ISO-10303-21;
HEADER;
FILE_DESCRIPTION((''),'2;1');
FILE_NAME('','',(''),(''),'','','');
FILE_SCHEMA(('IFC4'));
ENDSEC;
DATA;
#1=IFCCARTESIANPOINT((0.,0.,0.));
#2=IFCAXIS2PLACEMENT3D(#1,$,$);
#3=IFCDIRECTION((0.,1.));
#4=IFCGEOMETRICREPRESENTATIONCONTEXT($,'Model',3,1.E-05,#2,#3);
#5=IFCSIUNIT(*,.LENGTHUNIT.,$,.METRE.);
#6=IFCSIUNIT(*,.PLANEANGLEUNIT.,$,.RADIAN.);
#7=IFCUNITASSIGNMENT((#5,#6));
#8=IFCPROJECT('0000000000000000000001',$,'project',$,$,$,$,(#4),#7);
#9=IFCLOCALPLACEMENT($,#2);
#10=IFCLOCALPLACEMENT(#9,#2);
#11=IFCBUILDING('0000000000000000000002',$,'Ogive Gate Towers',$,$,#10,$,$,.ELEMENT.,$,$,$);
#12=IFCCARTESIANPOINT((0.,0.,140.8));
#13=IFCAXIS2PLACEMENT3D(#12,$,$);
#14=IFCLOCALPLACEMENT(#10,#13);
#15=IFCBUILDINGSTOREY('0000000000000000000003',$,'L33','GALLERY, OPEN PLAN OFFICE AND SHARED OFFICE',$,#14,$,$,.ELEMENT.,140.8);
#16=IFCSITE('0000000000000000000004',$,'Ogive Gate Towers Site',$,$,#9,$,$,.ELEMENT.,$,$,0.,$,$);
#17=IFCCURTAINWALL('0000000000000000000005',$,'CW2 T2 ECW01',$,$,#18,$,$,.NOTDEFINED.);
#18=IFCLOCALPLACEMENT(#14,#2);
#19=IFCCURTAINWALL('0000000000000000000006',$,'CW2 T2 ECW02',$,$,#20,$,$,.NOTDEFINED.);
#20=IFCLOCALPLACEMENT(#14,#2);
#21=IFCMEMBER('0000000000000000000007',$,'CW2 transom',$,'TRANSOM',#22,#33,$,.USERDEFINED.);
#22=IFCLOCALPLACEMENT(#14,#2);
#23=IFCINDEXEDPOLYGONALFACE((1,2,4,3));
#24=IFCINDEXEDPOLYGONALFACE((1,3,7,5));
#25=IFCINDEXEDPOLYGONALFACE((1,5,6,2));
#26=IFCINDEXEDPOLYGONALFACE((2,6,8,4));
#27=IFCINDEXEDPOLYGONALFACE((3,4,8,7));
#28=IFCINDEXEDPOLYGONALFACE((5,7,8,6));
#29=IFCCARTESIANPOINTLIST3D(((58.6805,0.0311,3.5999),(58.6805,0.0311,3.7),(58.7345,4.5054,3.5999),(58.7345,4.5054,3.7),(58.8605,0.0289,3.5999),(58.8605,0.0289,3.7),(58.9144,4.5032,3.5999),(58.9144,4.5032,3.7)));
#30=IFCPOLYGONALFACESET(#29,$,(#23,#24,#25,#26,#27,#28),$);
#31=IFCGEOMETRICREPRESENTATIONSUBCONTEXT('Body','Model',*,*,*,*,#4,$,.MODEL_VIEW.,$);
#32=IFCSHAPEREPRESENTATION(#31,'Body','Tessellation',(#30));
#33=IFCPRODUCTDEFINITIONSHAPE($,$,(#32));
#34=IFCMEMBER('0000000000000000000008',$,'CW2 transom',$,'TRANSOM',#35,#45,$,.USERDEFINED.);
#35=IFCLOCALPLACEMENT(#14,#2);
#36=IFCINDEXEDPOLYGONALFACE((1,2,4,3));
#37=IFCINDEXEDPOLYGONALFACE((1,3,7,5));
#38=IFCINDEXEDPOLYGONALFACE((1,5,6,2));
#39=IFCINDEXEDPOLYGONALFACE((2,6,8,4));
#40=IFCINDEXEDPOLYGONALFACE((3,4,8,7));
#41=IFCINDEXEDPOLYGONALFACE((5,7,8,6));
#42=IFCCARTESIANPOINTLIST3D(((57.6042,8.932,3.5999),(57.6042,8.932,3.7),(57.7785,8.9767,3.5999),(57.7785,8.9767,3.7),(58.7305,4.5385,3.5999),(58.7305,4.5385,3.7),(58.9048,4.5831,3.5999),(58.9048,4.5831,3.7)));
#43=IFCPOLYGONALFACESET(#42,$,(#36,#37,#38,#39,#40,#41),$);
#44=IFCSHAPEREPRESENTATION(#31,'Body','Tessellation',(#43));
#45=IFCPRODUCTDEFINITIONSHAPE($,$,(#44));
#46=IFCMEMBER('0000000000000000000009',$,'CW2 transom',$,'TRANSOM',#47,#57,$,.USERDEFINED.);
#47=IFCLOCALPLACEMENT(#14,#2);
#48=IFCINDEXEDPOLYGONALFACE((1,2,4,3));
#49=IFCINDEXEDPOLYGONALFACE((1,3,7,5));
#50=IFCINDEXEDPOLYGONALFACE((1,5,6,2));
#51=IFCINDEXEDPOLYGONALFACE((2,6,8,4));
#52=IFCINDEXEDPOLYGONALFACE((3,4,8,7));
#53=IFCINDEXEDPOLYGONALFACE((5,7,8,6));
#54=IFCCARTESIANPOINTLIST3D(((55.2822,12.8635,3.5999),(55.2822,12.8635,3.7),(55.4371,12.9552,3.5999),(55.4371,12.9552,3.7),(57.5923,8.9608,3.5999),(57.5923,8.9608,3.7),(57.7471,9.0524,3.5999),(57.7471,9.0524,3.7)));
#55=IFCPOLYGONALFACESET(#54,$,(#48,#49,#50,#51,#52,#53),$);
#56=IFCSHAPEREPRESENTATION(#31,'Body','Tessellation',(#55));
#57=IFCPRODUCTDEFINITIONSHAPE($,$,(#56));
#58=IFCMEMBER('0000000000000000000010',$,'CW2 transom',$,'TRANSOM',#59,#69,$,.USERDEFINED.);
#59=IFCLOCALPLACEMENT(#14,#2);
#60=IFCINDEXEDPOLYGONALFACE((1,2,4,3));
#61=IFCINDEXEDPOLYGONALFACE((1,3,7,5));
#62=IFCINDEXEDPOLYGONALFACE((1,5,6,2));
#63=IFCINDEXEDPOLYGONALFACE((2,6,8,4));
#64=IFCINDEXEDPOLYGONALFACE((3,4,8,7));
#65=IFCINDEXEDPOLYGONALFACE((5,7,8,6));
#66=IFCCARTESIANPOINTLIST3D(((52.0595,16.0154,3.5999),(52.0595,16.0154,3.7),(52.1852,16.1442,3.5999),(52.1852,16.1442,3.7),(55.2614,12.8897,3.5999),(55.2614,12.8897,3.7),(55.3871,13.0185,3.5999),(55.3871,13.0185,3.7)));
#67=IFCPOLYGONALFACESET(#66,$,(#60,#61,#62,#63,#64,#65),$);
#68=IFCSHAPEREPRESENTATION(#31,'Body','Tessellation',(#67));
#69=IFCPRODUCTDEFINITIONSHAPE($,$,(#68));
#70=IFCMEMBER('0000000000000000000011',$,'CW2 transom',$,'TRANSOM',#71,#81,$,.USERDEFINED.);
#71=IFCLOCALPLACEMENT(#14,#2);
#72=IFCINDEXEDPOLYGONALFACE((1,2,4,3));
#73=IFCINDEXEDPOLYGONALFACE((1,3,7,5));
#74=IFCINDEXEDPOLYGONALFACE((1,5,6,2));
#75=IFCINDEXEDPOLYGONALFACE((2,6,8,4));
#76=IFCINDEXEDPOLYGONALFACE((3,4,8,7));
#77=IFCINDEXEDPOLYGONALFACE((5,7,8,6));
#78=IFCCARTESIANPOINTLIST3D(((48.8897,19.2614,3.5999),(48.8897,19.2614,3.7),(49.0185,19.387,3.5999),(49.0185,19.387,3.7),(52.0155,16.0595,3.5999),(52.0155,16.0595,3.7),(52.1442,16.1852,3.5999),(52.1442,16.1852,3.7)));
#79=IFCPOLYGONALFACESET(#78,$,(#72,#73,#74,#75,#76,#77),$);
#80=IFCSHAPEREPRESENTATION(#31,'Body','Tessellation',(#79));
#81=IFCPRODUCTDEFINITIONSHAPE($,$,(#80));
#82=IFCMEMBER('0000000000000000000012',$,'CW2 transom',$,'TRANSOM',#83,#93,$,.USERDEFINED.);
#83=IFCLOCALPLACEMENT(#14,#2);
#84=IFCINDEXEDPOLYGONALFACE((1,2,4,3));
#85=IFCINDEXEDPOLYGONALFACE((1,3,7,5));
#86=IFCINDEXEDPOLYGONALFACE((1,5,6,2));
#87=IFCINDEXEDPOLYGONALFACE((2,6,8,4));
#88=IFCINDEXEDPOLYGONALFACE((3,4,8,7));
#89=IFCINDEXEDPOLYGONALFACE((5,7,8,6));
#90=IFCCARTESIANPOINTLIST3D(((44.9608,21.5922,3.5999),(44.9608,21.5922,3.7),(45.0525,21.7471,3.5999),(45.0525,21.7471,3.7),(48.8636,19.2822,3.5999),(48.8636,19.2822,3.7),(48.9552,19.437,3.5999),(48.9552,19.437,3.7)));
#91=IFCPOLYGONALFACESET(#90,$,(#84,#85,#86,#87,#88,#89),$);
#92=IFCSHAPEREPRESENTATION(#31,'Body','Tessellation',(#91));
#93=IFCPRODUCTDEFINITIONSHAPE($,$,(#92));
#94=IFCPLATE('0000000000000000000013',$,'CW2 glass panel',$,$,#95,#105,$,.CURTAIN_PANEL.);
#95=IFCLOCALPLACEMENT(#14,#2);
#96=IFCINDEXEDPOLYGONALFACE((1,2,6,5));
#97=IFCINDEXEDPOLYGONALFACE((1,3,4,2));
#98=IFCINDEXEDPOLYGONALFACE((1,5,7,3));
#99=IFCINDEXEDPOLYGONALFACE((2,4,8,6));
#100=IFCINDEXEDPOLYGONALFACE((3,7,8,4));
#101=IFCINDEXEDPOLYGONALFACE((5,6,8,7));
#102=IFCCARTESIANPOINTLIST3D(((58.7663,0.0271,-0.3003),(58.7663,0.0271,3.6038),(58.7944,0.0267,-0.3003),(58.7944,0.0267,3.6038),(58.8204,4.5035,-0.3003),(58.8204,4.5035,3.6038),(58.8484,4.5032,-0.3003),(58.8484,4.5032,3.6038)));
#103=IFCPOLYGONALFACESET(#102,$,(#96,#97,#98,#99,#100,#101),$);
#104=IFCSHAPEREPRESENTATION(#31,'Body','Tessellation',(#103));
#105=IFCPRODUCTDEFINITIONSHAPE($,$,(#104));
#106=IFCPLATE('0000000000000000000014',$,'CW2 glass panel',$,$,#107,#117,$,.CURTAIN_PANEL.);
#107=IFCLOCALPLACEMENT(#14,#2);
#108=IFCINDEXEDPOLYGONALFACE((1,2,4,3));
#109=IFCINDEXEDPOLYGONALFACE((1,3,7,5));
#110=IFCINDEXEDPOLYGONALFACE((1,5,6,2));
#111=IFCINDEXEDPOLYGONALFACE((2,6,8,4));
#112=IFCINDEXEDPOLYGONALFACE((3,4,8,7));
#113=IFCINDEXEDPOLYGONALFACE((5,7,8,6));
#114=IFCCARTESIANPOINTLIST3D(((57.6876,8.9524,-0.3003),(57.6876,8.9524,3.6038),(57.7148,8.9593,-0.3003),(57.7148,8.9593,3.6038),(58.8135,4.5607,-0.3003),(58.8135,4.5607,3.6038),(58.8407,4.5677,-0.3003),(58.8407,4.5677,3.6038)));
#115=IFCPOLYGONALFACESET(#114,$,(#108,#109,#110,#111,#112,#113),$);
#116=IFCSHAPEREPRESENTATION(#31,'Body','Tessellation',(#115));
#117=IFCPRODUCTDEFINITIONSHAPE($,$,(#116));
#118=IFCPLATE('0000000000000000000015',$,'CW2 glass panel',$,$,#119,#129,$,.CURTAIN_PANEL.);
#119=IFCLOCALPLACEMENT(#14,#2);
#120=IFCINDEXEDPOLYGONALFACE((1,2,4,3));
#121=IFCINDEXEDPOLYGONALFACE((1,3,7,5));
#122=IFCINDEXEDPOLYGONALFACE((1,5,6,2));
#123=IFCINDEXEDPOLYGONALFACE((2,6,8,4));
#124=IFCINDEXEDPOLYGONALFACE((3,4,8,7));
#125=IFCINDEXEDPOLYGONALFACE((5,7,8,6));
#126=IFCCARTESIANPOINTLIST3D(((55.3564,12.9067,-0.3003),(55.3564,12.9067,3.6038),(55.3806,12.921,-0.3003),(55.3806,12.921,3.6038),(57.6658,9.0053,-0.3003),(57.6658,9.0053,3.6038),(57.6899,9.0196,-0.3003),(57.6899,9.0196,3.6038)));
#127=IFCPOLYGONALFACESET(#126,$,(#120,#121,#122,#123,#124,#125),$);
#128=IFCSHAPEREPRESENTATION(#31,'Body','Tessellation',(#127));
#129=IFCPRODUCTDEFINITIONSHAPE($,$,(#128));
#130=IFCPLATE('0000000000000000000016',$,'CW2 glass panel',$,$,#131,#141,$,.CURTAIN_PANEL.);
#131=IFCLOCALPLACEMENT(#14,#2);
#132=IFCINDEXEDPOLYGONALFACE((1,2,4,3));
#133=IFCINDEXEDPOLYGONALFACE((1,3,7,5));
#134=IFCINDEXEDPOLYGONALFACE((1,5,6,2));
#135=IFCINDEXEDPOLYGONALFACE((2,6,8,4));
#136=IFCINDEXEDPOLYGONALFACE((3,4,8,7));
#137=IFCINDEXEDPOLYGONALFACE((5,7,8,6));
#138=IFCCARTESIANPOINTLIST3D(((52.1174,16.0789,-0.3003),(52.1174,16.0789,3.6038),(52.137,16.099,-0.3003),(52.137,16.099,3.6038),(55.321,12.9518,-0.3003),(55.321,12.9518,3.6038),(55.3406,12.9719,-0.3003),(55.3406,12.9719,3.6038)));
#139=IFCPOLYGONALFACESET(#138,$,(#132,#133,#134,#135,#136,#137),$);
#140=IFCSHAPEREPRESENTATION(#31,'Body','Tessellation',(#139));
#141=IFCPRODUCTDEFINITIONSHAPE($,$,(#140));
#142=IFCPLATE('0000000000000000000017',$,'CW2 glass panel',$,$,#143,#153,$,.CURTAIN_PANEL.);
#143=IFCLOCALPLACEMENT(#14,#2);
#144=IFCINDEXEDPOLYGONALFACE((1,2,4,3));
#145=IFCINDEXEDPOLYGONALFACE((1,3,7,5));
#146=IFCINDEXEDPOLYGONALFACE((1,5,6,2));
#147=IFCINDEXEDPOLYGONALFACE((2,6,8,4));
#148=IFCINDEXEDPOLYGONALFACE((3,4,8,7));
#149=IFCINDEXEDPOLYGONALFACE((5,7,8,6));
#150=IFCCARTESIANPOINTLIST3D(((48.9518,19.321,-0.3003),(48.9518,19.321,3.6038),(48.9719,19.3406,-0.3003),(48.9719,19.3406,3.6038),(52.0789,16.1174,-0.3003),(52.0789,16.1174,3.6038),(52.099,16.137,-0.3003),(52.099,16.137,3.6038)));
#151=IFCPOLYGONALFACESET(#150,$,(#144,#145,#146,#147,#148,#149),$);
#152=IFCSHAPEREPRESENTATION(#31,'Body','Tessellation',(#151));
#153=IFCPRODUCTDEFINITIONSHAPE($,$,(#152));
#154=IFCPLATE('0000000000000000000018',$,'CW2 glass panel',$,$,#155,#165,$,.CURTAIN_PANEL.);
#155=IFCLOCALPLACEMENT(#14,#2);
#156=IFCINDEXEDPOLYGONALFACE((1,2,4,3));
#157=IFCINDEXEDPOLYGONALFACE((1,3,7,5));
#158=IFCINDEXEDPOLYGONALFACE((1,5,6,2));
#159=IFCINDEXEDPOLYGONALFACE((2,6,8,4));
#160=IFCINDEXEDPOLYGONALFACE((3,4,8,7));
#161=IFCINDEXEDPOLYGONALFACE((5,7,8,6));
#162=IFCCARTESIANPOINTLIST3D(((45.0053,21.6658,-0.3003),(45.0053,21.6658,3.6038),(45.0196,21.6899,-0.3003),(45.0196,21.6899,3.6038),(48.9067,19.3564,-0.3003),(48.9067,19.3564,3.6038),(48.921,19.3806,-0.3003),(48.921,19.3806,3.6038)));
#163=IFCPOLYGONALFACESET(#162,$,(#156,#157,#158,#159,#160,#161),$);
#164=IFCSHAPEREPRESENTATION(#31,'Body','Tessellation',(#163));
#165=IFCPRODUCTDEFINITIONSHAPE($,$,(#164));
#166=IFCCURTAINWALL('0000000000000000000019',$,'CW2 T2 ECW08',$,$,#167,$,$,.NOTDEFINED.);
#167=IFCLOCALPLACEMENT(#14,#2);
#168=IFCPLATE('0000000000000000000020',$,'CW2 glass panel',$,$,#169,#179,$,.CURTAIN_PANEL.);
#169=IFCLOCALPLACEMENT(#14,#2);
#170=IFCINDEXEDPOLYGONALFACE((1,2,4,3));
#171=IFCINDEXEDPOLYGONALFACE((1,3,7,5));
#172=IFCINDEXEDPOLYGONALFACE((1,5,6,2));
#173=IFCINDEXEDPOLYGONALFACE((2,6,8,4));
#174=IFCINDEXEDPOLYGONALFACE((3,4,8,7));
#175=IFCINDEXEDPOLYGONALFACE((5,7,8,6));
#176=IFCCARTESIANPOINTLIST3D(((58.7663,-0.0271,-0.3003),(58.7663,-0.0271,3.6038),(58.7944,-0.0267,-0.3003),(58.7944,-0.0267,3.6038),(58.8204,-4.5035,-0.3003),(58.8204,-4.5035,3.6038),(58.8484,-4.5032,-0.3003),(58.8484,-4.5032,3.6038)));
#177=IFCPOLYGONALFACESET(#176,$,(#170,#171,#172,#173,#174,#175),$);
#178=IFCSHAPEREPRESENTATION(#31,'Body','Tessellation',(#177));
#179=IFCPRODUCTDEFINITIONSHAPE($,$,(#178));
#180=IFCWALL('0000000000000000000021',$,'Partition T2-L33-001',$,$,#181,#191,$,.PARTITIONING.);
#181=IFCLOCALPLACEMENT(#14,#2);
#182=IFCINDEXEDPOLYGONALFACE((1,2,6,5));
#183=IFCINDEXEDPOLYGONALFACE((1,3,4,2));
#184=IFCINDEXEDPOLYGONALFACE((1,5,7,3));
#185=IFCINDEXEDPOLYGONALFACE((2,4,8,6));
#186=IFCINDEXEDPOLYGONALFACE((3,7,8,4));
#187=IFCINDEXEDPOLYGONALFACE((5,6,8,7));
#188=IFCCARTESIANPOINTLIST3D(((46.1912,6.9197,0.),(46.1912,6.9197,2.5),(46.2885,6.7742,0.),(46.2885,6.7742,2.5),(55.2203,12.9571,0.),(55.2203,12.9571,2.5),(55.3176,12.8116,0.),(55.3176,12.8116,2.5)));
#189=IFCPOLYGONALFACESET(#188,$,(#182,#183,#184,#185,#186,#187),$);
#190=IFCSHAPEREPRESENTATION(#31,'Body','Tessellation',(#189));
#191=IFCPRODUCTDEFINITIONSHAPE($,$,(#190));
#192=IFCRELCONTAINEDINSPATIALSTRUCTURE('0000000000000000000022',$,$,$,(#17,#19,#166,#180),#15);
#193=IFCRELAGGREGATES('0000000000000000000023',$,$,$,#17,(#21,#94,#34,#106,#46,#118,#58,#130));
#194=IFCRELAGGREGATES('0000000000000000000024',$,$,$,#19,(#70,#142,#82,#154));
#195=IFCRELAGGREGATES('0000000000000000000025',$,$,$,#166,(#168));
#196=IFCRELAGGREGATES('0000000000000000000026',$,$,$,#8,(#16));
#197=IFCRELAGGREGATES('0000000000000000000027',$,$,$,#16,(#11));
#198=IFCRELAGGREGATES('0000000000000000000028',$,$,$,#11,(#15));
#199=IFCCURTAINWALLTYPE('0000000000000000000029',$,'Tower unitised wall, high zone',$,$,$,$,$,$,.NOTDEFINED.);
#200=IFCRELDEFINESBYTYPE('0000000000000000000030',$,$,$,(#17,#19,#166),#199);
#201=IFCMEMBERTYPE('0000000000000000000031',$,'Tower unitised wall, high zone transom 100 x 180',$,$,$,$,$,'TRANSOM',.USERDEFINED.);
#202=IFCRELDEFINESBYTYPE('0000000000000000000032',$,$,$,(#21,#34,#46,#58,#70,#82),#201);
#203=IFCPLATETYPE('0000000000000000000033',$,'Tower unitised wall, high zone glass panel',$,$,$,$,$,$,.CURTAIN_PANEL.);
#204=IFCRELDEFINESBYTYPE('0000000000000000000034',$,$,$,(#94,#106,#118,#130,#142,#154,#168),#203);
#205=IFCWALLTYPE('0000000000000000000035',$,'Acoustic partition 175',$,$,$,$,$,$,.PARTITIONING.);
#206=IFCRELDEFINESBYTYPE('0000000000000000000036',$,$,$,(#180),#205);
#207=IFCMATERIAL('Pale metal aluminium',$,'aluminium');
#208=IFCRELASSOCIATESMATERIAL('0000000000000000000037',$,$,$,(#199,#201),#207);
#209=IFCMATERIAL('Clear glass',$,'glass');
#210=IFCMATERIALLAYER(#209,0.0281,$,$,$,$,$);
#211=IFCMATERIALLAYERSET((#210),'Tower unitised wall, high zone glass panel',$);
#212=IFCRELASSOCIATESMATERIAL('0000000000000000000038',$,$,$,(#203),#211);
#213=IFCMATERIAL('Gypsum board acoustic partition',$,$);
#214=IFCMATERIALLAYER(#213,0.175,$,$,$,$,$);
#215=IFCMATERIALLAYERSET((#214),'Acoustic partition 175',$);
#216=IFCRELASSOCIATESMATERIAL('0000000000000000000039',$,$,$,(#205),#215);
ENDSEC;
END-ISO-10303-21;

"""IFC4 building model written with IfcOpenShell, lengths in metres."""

from ifc_helpers import new_model, si_unit, direction, frame, frame_2d, origin, origin_2d, place, context, subcontext, project, spatial, rectangle, extrude, material, layer, layer_set, material_profile, profile_set, type_object, element, aggregate, save


model = new_model("IFC4")

# Units and contexts
model_context = context("Model", 3, precision=1e-05, world=origin(), true_north=direction((0.0, 1.0)))
body_context = subcontext(model_context, "Body", "Model", "MODEL_VIEW")
ifc_project = project(units=[si_unit("LENGTHUNIT", "METRE"), si_unit("PLANEANGLEUNIT", "RADIAN")], contexts=[model_context])

# Site, building, storey
site_placement = place(None, origin())
site = spatial("IfcSite", under=ifc_project, at=site_placement, Name="Ogive Gate Towers Site", CompositionType="ELEMENT", RefElevation=0.0)
building_placement = place(site_placement, origin())
building = spatial("IfcBuilding", under=site, at=building_placement, Name="Ogive Gate Towers", CompositionType="ELEMENT")
storey_placement = place(building_placement, frame((0.0, 0.0, 140.8)))
storey = spatial("IfcBuildingStorey", under=building, at=storey_placement, Name="L33", Description="GALLERY, OPEN PLAN OFFICE AND SHARED OFFICE", CompositionType="ELEMENT", Elevation=140.8)

# Curtain wall
ifc_material_1 = material(Name="Pale metal aluminium", Category="aluminium")
curtain_wall_type = type_object("IfcCurtainWallType", Name="Tower unitised wall, high zone", PredefinedType="NOTDEFINED", material=ifc_material_1)
curtain_wall_1_placement = place(storey_placement, origin())
curtain_wall_1 = element("IfcCurtainWall", 1, at=curtain_wall_1_placement, inside=storey, type_object=curtain_wall_type, Name="CW2 T2 ECW01", PredefinedType="NOTDEFINED")

# Curtain wall
curtain_wall_2_placement = place(storey_placement, origin())
curtain_wall_2 = element("IfcCurtainWall", 2, at=curtain_wall_2_placement, inside=storey, type_object=curtain_wall_type, Name="CW2 T2 ECW02", PredefinedType="NOTDEFINED")

# Members
ifc_material_profile_1 = material_profile(ifc_material_1, rectangle(XDim=0.1799, YDim=0.1001, at=origin_2d()), Name="100 x 180 aluminium box")
ifc_profile_set_1 = profile_set([ifc_material_profile_1], Name="Pale metal aluminium")
member_type_1 = type_object("IfcMemberType", Name="Tower unitised wall, high zone transom 100 x 180", ElementType="TRANSOM", PredefinedType="USERDEFINED", material=ifc_profile_set_1)
member_1_placement = place(storey_placement, frame((58.7705, 0.03, 3.6499), z_axis=(0.012058, 0.999927, 0.0), x_axis=(-0.999927, 0.012058, 0.0)))
member_1 = element("IfcMember", 3, at=member_1_placement, type_object=member_type_1, Name="CW2 transom", ObjectType="TRANSOM", PredefinedType="USERDEFINED", context=body_context, shape_type="SweptSolid", body=[
    extrude(rectangle(XDim=0.1799, YDim=0.1001, at=origin_2d()), origin(), (0.0, 0.0, 1.0), 4.4746),
])
member_2_placement = place(storey_placement, frame((58.8176, 4.5608, 3.6499), z_axis=(-0.248307, 0.968681, 0.0), x_axis=(-0.968681, -0.248307, 0.0)))
member_2 = element("IfcMember", 4, at=member_2_placement, type_object=member_type_1, Name="CW2 transom", ObjectType="TRANSOM", PredefinedType="USERDEFINED", context=body_context, shape_type="SweptSolid", body=[
    extrude(rectangle(XDim=0.1799, YDim=0.1001, at=origin_2d()), origin(), (0.0, 0.0, 1.0), 4.5356),
])
member_3_placement = place(storey_placement, frame((57.6697, 9.0066, 3.6499), z_axis=(-0.509357, 0.860555, 0.0), x_axis=(-0.860555, -0.509357, 0.0)))
member_3 = element("IfcMember", 5, at=member_3_placement, type_object=member_type_1, Name="CW2 transom", ObjectType="TRANSOM", PredefinedType="USERDEFINED", context=body_context, shape_type="SweptSolid", body=[
    extrude(rectangle(XDim=0.1799, YDim=0.1001, at=origin_2d()), origin(), (0.0, 0.0, 1.0), 4.5352),
])
member_4_placement = place(storey_placement, frame((55.3242, 12.9541, 3.6499), z_axis=(-0.715567, 0.698544, 0.0), x_axis=(-0.698544, -0.715567, 0.0)))
member_4 = element("IfcMember", 6, at=member_4_placement, type_object=member_type_1, Name="CW2 transom", ObjectType="TRANSOM", PredefinedType="USERDEFINED", context=body_context, shape_type="SweptSolid", body=[
    extrude(rectangle(XDim=0.1799, YDim=0.1001, at=origin_2d()), origin(), (0.0, 0.0, 1.0), 4.4746),
])
member_5_placement = place(storey_placement, frame((52.0798, 16.1223, 3.6499), z_axis=(-0.698544, 0.715567, 0.0), x_axis=(-0.715567, -0.698544, 0.0)))
member_5 = element("IfcMember", 7, at=member_5_placement, type_object=member_type_1, Name="CW2 transom", ObjectType="TRANSOM", PredefinedType="USERDEFINED", context=body_context, shape_type="SweptSolid", body=[
    extrude(rectangle(XDim=0.1799, YDim=0.1001, at=origin_2d()), origin(), (0.0, 0.0, 1.0), 4.4746),
])
member_6_placement = place(storey_placement, frame((48.9094, 19.3596, 3.6499), z_axis=(-0.860555, 0.509357, 0.0), x_axis=(-0.509357, -0.860555, 0.0)))
member_6 = element("IfcMember", 8, at=member_6_placement, type_object=member_type_1, Name="CW2 transom", ObjectType="TRANSOM", PredefinedType="USERDEFINED", context=body_context, shape_type="SweptSolid", body=[
    extrude(rectangle(XDim=0.1799, YDim=0.1001, at=origin_2d()), origin(), (0.0, 0.0, 1.0), 4.5352),
])

# Plates
ifc_material_2 = material(Name="Clear glass", Category="glass")
ifc_layer_1 = layer(ifc_material_2, 0.0281)
ifc_layer_set_1 = layer_set([ifc_layer_1], Name="Tower unitised wall, high zone glass panel")
plate_type = type_object("IfcPlateType", Name="Tower unitised wall, high zone glass panel", PredefinedType="CURTAIN_PANEL", material=ifc_layer_set_1)
plate_1_placement = place(storey_placement, frame((58.8074, 2.2651, -0.3003), z_axis=(0.0, 0.0, 1.0), x_axis=(0.012077, 0.999927, 0.0)))
plate_1 = element("IfcPlate", 9, at=plate_1_placement, type_object=plate_type, Name="CW2 glass panel", PredefinedType="CURTAIN_PANEL", context=body_context, shape_type="SweptSolid", body=[
    extrude(rectangle(XDim=4.4768, YDim=0.0281, at=origin_2d()), origin(), (0.0, 0.0, 1.0), 3.9041),
])
plate_2_placement = place(storey_placement, frame((58.2642, 6.76, -0.3003), z_axis=(0.0, 0.0, 1.0), x_axis=(-0.248335, 0.968674, 0.0)))
plate_2 = element("IfcPlate", 10, at=plate_2_placement, type_object=plate_type, Name="CW2 glass panel", PredefinedType="CURTAIN_PANEL", context=body_context, shape_type="SweptSolid", body=[
    extrude(rectangle(XDim=4.5337, YDim=0.0281, at=origin_2d()), origin(), (0.0, 0.0, 1.0), 3.9041),
])
plate_3_placement = place(storey_placement, frame((56.5232, 10.9631, -0.3003), z_axis=(0.0, 0.0, 1.0), x_axis=(-0.509372, 0.860547, 0.0)))
plate_3 = element("IfcPlate", 11, at=plate_3_placement, type_object=plate_type, Name="CW2 glass panel", PredefinedType="CURTAIN_PANEL", context=body_context, shape_type="SweptSolid", body=[
    extrude(rectangle(XDim=4.5337, YDim=0.0281, at=origin_2d()), origin(), (0.0, 0.0, 1.0), 3.9041),
])
plate_4_placement = place(storey_placement, frame((53.729, 14.5254, -0.3003), z_axis=(0.0, 0.0, 1.0), x_axis=(-0.715595, 0.698515, 0.0)))
plate_4 = element("IfcPlate", 12, at=plate_4_placement, type_object=plate_type, Name="CW2 glass panel", PredefinedType="CURTAIN_PANEL", context=body_context, shape_type="SweptSolid", body=[
    extrude(rectangle(XDim=4.4768, YDim=0.0281, at=origin_2d()), origin(), (0.0, 0.0, 1.0), 3.9041),
])
aggregate(curtain_wall_1, [member_1, plate_1, member_2, plate_2, member_3, plate_3, member_4, plate_4])
plate_5_placement = place(storey_placement, frame((50.5254, 17.729, -0.3003), z_axis=(0.0, 0.0, 1.0), x_axis=(-0.698515, 0.715595, 0.0)))
plate_5 = element("IfcPlate", 13, at=plate_5_placement, type_object=plate_type, Name="CW2 glass panel", PredefinedType="CURTAIN_PANEL", context=body_context, shape_type="SweptSolid", body=[
    extrude(rectangle(XDim=4.4768, YDim=0.0281, at=origin_2d()), origin(), (0.0, 0.0, 1.0), 3.9041),
])
plate_6_placement = place(storey_placement, frame((46.9631, 20.5232, -0.3003), z_axis=(0.0, 0.0, 1.0), x_axis=(-0.860547, 0.509372, 0.0)))
plate_6 = element("IfcPlate", 14, at=plate_6_placement, type_object=plate_type, Name="CW2 glass panel", PredefinedType="CURTAIN_PANEL", context=body_context, shape_type="SweptSolid", body=[
    extrude(rectangle(XDim=4.5337, YDim=0.0281, at=origin_2d()), origin(), (0.0, 0.0, 1.0), 3.9041),
])
aggregate(curtain_wall_2, [member_5, plate_5, member_6, plate_6])

# Curtain wall, plate
curtain_wall_3_placement = place(storey_placement, origin())
curtain_wall_3 = element("IfcCurtainWall", 15, at=curtain_wall_3_placement, inside=storey, type_object=curtain_wall_type, Name="CW2 T2 ECW08", PredefinedType="NOTDEFINED")
plate_7_placement = place(storey_placement, frame((58.8074, -2.2651, -0.3003), z_axis=(0.0, 0.0, 1.0), x_axis=(-0.012077, 0.999927, 0.0)))
plate_7 = element("IfcPlate", 16, at=plate_7_placement, type_object=plate_type, Name="CW2 glass panel", PredefinedType="CURTAIN_PANEL", context=body_context, shape_type="SweptSolid", body=[
    extrude(rectangle(XDim=4.4768, YDim=0.0281, at=origin_2d()), origin(), (0.0, 0.0, 1.0), 3.9041),
])
aggregate(curtain_wall_3, [plate_7])

# Wall
ifc_material_3 = material(Name="Gypsum board acoustic partition")
ifc_layer_2 = layer(ifc_material_3, 0.175)
ifc_layer_set_2 = layer_set([ifc_layer_2], Name="Acoustic partition 175")
wall_type_1 = type_object("IfcWallType", Name="Acoustic partition 175", PredefinedType="PARTITIONING", material=ifc_layer_set_2)
wall_1_placement = place(storey_placement, frame((55.2688, 12.8843, 0.0), z_axis=(0.0, 0.0, 1.0), x_axis=(-0.831285, -0.555846, 0.0)))
element("IfcWall", 17, at=wall_1_placement, inside=storey, type_object=wall_type_1, Name="Partition T2-L33-001", PredefinedType="PARTITIONING", context=body_context, shape_type="SweptSolid", body=[
    extrude(rectangle(XDim=10.8616, YDim=0.175, at=frame_2d((5.4307, 0.0))), origin(), (0.0, 0.0, 1.0), 2.5),
])

save(model, "model.ifc")
